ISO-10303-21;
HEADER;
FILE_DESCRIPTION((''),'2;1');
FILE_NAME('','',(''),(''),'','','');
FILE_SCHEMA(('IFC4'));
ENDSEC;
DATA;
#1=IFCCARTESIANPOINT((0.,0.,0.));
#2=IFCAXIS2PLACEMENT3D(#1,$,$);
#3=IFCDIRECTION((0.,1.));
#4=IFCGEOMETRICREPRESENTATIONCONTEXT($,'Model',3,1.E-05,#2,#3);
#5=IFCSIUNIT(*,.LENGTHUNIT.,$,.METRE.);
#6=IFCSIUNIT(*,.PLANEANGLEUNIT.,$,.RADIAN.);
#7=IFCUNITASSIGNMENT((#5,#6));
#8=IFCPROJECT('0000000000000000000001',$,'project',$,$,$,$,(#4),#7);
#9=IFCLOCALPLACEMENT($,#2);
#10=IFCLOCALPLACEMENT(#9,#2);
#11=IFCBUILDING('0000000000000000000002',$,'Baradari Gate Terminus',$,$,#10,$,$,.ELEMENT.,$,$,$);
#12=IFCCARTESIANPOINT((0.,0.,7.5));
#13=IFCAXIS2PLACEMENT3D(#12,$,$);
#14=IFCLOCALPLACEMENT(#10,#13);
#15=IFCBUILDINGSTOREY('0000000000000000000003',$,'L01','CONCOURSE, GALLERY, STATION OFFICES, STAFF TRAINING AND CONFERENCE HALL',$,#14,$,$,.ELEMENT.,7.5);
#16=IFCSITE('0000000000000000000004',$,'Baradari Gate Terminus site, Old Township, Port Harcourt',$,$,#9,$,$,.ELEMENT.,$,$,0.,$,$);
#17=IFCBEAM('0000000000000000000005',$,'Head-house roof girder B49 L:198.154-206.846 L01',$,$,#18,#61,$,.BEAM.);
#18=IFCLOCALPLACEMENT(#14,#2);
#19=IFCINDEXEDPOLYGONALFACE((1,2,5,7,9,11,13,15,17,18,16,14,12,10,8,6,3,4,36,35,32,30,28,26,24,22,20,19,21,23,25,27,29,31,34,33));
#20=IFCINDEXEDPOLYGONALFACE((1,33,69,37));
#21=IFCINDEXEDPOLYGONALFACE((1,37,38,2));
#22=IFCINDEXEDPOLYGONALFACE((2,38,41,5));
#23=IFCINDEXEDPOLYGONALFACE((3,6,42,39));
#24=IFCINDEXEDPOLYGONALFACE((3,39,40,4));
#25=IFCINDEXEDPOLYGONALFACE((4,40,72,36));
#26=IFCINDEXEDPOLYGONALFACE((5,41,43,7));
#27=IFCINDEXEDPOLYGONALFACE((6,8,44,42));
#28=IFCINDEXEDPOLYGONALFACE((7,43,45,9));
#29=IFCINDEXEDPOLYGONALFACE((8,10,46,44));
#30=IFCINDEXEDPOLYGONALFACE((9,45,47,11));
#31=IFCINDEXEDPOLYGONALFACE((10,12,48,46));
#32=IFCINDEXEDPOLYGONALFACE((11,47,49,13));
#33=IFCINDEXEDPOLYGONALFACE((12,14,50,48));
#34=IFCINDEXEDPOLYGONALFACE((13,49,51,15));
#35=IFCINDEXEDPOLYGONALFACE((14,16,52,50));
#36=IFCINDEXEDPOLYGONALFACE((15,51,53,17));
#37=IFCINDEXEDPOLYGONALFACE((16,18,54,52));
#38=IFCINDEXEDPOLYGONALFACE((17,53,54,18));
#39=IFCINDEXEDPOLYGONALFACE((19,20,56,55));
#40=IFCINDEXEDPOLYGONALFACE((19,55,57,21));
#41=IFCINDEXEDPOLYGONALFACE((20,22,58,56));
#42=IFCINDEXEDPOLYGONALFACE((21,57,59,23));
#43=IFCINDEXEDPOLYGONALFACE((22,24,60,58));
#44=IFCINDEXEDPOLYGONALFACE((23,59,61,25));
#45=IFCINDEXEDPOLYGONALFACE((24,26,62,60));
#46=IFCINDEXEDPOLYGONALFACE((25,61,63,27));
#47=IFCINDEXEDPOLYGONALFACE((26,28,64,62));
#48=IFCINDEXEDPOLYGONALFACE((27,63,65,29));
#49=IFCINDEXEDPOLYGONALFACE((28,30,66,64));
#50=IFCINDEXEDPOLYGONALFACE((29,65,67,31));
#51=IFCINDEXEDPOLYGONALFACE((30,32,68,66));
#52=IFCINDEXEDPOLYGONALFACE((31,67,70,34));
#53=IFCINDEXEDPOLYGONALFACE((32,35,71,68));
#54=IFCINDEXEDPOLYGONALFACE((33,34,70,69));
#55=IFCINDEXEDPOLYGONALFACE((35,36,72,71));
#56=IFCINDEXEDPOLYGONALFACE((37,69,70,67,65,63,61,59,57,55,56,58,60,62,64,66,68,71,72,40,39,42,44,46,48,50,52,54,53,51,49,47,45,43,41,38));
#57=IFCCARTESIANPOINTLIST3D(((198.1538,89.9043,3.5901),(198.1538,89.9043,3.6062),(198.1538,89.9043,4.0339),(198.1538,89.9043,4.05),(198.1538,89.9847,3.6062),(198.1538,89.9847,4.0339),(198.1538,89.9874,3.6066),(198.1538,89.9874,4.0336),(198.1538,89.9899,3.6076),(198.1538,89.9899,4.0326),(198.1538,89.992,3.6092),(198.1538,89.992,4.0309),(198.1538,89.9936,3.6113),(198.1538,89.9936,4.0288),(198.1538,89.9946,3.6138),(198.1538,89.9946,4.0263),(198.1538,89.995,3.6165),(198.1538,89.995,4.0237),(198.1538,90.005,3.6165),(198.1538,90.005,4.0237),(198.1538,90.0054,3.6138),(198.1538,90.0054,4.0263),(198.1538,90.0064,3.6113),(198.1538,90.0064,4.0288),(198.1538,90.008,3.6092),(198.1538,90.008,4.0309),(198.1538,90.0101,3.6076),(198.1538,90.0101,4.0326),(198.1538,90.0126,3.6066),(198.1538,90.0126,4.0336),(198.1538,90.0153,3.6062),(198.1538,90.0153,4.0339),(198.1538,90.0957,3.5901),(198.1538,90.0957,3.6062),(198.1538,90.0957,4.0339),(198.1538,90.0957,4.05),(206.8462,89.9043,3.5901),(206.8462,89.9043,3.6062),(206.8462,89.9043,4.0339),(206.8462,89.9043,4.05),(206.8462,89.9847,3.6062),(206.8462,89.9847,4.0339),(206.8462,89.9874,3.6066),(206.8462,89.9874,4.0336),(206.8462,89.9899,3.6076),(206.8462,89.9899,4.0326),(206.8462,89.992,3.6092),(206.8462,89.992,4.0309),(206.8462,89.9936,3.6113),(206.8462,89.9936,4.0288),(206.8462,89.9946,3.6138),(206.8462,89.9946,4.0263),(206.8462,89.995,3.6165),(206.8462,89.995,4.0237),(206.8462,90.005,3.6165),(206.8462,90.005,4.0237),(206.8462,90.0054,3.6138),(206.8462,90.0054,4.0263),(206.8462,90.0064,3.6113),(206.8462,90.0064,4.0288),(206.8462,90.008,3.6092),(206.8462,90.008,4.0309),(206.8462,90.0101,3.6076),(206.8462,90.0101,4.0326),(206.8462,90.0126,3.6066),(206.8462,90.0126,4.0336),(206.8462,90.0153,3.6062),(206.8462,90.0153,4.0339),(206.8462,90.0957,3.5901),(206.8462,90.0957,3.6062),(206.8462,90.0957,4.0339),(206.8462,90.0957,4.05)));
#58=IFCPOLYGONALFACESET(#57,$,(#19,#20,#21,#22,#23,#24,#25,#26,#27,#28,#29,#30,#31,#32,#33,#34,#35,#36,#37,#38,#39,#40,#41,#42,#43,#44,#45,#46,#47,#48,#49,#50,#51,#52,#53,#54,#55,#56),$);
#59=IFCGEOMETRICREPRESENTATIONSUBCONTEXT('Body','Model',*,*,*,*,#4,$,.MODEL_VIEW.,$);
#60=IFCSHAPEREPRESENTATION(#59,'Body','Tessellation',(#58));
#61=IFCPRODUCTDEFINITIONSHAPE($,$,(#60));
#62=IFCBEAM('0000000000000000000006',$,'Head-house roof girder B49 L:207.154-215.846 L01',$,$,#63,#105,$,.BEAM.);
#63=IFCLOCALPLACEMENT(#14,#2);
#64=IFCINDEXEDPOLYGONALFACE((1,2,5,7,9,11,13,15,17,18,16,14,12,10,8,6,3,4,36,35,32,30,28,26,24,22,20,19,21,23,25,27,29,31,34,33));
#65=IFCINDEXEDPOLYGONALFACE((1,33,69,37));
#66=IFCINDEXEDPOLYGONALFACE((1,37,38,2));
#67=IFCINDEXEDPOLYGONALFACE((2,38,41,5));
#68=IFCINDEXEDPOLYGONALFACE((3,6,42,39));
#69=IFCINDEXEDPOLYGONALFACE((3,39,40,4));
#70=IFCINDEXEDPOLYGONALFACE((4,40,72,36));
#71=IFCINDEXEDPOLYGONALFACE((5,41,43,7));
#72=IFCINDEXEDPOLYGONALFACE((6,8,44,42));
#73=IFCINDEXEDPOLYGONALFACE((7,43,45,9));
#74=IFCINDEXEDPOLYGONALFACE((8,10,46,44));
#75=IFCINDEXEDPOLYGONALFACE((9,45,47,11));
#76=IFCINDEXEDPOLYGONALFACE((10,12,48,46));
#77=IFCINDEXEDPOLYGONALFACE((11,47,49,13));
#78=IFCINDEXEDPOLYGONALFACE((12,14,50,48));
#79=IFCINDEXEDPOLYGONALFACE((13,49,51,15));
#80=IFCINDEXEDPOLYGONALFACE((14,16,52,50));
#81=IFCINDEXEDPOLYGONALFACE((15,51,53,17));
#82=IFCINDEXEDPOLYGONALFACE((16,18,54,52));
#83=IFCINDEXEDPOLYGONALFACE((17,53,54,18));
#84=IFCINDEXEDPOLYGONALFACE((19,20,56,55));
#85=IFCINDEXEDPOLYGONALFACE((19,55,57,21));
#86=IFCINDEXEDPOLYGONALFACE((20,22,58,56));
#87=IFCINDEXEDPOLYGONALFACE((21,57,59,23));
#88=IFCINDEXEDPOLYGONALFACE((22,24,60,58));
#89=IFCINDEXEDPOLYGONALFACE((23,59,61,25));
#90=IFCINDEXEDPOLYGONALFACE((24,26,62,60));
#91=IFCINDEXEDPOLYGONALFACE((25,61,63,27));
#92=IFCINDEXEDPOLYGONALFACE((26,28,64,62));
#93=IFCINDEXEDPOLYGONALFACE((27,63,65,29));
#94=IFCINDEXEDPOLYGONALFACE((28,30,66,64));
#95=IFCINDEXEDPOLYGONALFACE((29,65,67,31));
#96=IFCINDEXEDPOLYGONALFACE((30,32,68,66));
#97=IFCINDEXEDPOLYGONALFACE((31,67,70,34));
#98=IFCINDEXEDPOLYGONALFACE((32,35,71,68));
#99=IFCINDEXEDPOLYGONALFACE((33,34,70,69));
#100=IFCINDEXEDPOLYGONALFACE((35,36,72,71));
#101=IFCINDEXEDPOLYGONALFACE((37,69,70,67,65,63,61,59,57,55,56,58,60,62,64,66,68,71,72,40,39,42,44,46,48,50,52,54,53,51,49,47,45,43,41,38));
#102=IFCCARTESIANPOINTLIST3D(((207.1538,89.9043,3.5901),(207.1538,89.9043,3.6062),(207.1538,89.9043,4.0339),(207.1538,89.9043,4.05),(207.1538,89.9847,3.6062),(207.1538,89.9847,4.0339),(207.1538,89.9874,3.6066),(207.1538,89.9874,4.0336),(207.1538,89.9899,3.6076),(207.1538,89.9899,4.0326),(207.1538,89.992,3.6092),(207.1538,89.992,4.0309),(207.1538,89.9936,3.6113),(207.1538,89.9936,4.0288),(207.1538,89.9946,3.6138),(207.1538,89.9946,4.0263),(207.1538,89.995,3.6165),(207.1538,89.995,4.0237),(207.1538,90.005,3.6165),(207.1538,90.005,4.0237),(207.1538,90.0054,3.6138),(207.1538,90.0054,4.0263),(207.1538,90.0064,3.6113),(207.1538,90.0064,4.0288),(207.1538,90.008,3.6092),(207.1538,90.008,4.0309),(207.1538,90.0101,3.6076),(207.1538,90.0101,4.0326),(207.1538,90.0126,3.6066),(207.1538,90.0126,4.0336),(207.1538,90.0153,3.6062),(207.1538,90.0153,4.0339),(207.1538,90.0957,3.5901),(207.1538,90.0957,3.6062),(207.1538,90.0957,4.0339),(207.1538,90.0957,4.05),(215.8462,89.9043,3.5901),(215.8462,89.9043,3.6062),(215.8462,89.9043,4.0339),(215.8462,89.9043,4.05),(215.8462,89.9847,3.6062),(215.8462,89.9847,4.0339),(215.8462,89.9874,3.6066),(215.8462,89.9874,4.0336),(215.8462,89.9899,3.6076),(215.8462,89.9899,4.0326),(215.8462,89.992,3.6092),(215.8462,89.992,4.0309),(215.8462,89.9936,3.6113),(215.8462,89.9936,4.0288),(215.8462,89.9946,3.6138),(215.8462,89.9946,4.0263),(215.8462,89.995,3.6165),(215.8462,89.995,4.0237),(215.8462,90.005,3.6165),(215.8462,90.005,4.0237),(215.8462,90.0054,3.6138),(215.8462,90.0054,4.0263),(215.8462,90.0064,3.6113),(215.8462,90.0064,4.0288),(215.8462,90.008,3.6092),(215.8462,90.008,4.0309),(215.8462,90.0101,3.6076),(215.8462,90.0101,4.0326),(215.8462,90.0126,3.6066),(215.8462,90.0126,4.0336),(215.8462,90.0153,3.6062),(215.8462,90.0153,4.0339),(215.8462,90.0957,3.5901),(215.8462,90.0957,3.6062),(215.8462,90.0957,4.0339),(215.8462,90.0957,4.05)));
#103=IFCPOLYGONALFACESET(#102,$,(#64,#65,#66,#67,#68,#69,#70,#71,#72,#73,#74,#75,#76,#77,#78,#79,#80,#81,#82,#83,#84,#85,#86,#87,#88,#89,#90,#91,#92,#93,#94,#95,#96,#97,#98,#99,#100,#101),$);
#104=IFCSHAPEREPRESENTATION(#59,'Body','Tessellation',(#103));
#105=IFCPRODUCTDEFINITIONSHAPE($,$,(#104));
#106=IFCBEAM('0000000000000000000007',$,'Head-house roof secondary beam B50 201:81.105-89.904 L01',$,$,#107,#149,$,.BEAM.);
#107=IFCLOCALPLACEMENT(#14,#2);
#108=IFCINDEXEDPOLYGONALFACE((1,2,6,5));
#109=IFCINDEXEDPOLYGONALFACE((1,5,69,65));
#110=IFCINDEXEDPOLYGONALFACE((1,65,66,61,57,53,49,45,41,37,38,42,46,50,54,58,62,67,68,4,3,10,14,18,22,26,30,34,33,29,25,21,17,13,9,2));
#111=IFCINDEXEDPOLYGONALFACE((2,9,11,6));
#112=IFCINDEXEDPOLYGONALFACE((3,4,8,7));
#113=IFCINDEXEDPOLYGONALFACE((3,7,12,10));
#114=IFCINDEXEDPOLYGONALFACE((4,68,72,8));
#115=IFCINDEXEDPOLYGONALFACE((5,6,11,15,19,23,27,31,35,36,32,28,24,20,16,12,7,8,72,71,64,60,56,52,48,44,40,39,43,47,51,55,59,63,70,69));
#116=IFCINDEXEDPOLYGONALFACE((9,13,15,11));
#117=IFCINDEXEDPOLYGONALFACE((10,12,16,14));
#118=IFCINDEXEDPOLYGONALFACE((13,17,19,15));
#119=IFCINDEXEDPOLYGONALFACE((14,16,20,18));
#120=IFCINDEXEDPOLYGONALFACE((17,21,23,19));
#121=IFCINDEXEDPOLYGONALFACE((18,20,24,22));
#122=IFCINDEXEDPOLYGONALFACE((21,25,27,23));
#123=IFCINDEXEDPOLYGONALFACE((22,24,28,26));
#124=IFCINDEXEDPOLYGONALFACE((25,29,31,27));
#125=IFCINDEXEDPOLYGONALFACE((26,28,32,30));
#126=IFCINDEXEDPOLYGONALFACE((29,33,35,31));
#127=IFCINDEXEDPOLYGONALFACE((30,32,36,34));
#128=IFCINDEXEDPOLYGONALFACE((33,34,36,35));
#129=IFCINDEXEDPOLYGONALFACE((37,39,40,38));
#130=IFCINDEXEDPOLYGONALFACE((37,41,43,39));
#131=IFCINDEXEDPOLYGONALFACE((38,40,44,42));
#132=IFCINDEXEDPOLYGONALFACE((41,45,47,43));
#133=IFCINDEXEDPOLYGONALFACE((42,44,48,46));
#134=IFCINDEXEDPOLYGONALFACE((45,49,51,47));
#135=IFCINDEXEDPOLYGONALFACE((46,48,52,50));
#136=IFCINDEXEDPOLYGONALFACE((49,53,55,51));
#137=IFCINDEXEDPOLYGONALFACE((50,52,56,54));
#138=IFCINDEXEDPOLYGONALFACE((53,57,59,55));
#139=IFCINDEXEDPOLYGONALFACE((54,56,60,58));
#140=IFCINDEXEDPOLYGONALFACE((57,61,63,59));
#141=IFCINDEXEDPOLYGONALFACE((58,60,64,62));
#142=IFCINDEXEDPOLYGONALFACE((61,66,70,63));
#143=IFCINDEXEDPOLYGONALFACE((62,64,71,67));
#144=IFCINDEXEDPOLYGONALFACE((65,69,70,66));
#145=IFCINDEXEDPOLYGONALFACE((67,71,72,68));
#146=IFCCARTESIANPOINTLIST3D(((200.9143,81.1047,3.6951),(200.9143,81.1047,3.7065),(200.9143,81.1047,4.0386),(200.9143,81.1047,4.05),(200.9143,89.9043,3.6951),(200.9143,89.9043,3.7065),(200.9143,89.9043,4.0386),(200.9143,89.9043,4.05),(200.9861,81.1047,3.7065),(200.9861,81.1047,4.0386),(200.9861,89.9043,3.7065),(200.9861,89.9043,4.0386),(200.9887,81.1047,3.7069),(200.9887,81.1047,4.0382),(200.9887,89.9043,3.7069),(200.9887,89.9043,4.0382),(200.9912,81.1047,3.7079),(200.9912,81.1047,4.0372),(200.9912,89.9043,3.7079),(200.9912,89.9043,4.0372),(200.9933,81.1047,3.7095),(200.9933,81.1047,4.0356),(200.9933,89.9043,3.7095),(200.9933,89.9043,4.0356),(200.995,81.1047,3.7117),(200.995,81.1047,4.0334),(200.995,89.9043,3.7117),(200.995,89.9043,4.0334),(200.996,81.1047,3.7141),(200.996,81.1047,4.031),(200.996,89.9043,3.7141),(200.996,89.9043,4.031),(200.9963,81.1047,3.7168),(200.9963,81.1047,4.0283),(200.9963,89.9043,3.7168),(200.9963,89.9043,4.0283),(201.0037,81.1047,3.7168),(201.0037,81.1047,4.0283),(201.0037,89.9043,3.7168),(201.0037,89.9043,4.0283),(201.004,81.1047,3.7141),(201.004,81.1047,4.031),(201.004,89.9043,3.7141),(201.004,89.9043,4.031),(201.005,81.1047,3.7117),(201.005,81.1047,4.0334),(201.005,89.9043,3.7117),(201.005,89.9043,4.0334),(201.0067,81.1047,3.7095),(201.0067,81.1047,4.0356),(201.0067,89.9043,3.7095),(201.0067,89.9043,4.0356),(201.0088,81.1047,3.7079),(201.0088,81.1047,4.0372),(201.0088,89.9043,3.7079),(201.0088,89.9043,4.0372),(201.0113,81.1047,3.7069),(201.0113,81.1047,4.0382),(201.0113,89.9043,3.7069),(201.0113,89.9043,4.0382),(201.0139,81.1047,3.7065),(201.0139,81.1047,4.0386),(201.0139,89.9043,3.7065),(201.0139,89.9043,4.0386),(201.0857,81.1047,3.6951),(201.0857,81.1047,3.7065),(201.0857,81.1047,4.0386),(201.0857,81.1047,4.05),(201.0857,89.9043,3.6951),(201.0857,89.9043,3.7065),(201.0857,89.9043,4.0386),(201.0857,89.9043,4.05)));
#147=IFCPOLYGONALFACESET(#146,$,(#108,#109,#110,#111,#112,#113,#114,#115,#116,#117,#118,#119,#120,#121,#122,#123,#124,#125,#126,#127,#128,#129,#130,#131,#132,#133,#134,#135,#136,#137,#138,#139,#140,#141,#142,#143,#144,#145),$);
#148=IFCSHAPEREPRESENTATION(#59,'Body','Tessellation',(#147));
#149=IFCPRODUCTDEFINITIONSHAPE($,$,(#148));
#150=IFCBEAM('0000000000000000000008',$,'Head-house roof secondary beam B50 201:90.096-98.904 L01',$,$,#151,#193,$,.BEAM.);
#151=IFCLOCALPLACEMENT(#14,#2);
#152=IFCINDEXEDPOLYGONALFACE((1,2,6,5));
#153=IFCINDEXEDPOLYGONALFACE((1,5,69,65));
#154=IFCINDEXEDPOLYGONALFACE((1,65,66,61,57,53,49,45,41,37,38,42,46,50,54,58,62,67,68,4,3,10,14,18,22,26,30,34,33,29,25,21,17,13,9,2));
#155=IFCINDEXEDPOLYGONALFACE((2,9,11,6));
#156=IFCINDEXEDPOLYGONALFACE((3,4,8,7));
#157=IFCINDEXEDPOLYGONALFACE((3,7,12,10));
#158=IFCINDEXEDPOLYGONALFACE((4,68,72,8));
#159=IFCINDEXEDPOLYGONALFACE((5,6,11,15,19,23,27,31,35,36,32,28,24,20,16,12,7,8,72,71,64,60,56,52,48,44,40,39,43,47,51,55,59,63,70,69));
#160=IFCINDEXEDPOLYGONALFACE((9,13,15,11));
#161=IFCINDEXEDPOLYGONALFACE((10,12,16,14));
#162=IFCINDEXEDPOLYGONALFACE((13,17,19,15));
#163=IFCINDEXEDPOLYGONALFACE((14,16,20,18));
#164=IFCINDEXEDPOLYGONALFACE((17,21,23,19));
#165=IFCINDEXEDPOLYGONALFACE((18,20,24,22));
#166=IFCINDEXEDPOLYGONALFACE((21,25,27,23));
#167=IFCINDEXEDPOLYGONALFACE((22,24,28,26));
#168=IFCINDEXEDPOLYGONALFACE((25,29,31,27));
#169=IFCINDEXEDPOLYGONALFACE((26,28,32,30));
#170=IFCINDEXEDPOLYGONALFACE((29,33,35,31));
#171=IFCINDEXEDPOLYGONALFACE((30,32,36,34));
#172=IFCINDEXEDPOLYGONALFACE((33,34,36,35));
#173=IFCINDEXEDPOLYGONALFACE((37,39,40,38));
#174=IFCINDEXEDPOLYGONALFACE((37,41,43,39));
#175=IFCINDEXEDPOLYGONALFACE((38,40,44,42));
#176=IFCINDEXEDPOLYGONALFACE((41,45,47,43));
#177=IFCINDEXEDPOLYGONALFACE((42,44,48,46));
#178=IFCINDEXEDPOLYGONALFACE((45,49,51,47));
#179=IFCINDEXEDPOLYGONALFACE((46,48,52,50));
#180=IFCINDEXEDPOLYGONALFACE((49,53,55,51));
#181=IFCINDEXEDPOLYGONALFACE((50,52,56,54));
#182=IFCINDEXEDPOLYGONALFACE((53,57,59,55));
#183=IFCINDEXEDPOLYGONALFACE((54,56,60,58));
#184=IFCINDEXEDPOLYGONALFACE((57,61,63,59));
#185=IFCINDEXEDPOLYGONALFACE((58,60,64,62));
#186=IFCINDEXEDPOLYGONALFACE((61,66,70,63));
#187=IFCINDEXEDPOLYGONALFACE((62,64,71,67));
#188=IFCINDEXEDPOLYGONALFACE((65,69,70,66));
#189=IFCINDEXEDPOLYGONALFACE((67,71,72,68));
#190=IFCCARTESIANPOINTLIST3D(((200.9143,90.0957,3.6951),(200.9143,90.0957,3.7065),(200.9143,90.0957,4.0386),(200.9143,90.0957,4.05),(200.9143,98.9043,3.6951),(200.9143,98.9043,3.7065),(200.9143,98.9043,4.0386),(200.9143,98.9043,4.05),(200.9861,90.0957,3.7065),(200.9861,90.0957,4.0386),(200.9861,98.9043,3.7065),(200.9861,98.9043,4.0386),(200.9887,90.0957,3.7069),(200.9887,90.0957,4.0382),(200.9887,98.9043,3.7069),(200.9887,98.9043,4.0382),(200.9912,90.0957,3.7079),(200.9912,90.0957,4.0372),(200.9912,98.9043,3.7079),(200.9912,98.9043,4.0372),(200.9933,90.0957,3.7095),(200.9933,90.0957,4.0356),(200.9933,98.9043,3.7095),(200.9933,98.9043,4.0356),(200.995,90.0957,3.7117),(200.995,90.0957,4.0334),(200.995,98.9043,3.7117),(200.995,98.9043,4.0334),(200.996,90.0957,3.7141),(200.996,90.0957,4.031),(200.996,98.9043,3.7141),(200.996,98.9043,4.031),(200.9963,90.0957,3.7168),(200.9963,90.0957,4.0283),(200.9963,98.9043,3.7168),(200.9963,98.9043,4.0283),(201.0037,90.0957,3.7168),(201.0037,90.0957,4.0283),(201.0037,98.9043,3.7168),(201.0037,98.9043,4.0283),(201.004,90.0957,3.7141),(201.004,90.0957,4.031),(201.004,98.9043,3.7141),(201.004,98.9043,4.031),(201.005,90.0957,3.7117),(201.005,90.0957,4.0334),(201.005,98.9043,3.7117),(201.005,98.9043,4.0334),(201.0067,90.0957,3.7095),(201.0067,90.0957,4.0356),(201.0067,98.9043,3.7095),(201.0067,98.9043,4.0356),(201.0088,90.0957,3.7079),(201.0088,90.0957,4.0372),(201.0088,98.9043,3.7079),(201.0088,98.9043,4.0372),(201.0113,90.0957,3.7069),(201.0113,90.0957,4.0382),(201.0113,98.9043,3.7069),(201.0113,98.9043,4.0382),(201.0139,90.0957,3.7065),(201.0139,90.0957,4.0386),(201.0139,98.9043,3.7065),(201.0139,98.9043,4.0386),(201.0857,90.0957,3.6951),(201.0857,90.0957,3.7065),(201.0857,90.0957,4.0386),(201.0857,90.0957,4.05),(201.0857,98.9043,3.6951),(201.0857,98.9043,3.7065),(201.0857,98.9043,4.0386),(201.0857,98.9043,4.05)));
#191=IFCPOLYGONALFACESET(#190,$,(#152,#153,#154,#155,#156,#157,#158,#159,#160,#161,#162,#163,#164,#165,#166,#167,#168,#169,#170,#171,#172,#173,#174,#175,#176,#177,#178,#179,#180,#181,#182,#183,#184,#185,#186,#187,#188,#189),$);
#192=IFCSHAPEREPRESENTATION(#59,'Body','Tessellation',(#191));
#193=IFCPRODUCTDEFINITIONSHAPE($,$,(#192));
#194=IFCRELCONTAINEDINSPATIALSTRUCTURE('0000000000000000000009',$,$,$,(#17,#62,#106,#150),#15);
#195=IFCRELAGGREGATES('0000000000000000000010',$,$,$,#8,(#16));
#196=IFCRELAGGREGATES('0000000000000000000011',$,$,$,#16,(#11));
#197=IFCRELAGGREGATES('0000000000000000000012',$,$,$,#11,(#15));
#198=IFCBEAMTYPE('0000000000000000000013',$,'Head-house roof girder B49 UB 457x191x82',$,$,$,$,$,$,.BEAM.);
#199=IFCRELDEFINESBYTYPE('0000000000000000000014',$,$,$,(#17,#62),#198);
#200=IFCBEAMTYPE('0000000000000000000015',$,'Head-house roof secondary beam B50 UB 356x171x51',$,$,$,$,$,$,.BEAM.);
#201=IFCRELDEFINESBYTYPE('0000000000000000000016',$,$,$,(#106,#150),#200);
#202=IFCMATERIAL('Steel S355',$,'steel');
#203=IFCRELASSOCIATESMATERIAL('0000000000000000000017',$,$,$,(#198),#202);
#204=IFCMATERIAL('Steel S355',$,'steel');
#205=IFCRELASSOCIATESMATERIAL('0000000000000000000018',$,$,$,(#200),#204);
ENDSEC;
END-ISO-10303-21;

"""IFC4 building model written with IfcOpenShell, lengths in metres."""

from ifc_helpers import new_model, si_unit, direction, frame, origin, origin_2d, place, context, subcontext, project, spatial, i_section, extrude, material, material_profile, profile_set, type_object, element, save


model = new_model("IFC4")

# Units and contexts
model_context = context("Model", 3, precision=1e-05, world=origin(), true_north=direction((0.0, 1.0)))
body_context = subcontext(model_context, "Body", "Model", "MODEL_VIEW")
ifc_project = project(units=[si_unit("LENGTHUNIT", "METRE"), si_unit("PLANEANGLEUNIT", "RADIAN")], contexts=[model_context])

# Site, building, storey
site_placement = place(None, origin())
site = spatial("IfcSite", under=ifc_project, at=site_placement, Name="Baradari Gate Terminus site, Old Township, Port Harcourt", CompositionType="ELEMENT", RefElevation=0.0)
building_placement = place(site_placement, origin())
building = spatial("IfcBuilding", under=site, at=building_placement, Name="Baradari Gate Terminus", CompositionType="ELEMENT")
storey_placement = place(building_placement, frame((0.0, 0.0, 7.5)))
storey = spatial("IfcBuildingStorey", under=building, at=storey_placement, Name="L01", Description="CONCOURSE, GALLERY, STATION OFFICES, STAFF TRAINING AND CONFERENCE HALL", CompositionType="ELEMENT", Elevation=7.5)

# Beams
ifc_material_1 = material(Name="Steel S355", Category="steel")
ifc_material_profile_1 = material_profile(ifc_material_1, i_section(OverallWidth=0.1914, OverallDepth=0.46, WebThickness=0.01, FlangeThickness=0.0161, FilletRadius=0.0103, at=origin_2d()), Name="UB 457x191x82")
ifc_profile_set_1 = profile_set([ifc_material_profile_1], Name="Steel S355")
beam_type_1 = type_object("IfcBeamType", Name="Head-house roof girder B49 UB 457x191x82", PredefinedType="BEAM", material=ifc_profile_set_1)
for number, where, z_axis, x_axis, name in (
    (1, (198.1538, 90.0, 3.8201), (1.0, 0.0, 0.0), (0.0, 1.0, 0.0), "Head-house roof girder B49 L:198.154-206.846 L01"),
    (2, (207.1538, 90.0, 3.8201), (1.0, 0.0, 0.0), (0.0, 1.0, 0.0), "Head-house roof girder B49 L:207.154-215.846 L01"),
):
    element("IfcBeam", number, at=place(storey_placement, frame(where, z_axis=z_axis, x_axis=x_axis)), inside=storey, type_object=beam_type_1, Name=name, PredefinedType="BEAM", context=body_context, shape_type="SweptSolid", body=[
        extrude(i_section(OverallWidth=0.1914, OverallDepth=0.46, WebThickness=0.01, FlangeThickness=0.0161, FilletRadius=0.0103, at=origin_2d()), origin(), (0.0, 0.0, 1.0), 8.6924),
    ])
ifc_material_2 = material(Name="Steel S355", Category="steel")
ifc_material_profile_2 = material_profile(ifc_material_2, i_section(OverallWidth=0.1714, OverallDepth=0.355, WebThickness=0.0073, FlangeThickness=0.0115, FilletRadius=0.0103, at=origin_2d()), Name="UB 356x171x51")
ifc_profile_set_2 = profile_set([ifc_material_profile_2], Name="Steel S355")
beam_type_2 = type_object("IfcBeamType", Name="Head-house roof secondary beam B50 UB 356x171x51", PredefinedType="BEAM", material=ifc_profile_set_2)
beam_1_placement = place(storey_placement, frame((201.0, 81.1047, 3.8726), z_axis=(0.0, 1.0, 0.0), x_axis=(-1.0, 0.0, 0.0)))
element("IfcBeam", 3, at=beam_1_placement, inside=storey, type_object=beam_type_2, Name="Head-house roof secondary beam B50 201:81.105-89.904 L01", PredefinedType="BEAM", context=body_context, shape_type="SweptSolid", body=[
    extrude(i_section(OverallWidth=0.1714, OverallDepth=0.355, WebThickness=0.0073, FlangeThickness=0.0115, FilletRadius=0.0103, at=origin_2d()), origin(), (0.0, 0.0, 1.0), 8.7996),
])
beam_2_placement = place(storey_placement, frame((201.0, 90.0957, 3.8726), z_axis=(0.0, 1.0, 0.0), x_axis=(-1.0, 0.0, 0.0)))
element("IfcBeam", 4, at=beam_2_placement, inside=storey, type_object=beam_type_2, Name="Head-house roof secondary beam B50 201:90.096-98.904 L01", PredefinedType="BEAM", context=body_context, shape_type="SweptSolid", body=[
    extrude(i_section(OverallWidth=0.1714, OverallDepth=0.355, WebThickness=0.0073, FlangeThickness=0.0115, FilletRadius=0.0103, at=origin_2d()), origin(), (0.0, 0.0, 1.0), 8.8086),
])

save(model, "model.ifc")
